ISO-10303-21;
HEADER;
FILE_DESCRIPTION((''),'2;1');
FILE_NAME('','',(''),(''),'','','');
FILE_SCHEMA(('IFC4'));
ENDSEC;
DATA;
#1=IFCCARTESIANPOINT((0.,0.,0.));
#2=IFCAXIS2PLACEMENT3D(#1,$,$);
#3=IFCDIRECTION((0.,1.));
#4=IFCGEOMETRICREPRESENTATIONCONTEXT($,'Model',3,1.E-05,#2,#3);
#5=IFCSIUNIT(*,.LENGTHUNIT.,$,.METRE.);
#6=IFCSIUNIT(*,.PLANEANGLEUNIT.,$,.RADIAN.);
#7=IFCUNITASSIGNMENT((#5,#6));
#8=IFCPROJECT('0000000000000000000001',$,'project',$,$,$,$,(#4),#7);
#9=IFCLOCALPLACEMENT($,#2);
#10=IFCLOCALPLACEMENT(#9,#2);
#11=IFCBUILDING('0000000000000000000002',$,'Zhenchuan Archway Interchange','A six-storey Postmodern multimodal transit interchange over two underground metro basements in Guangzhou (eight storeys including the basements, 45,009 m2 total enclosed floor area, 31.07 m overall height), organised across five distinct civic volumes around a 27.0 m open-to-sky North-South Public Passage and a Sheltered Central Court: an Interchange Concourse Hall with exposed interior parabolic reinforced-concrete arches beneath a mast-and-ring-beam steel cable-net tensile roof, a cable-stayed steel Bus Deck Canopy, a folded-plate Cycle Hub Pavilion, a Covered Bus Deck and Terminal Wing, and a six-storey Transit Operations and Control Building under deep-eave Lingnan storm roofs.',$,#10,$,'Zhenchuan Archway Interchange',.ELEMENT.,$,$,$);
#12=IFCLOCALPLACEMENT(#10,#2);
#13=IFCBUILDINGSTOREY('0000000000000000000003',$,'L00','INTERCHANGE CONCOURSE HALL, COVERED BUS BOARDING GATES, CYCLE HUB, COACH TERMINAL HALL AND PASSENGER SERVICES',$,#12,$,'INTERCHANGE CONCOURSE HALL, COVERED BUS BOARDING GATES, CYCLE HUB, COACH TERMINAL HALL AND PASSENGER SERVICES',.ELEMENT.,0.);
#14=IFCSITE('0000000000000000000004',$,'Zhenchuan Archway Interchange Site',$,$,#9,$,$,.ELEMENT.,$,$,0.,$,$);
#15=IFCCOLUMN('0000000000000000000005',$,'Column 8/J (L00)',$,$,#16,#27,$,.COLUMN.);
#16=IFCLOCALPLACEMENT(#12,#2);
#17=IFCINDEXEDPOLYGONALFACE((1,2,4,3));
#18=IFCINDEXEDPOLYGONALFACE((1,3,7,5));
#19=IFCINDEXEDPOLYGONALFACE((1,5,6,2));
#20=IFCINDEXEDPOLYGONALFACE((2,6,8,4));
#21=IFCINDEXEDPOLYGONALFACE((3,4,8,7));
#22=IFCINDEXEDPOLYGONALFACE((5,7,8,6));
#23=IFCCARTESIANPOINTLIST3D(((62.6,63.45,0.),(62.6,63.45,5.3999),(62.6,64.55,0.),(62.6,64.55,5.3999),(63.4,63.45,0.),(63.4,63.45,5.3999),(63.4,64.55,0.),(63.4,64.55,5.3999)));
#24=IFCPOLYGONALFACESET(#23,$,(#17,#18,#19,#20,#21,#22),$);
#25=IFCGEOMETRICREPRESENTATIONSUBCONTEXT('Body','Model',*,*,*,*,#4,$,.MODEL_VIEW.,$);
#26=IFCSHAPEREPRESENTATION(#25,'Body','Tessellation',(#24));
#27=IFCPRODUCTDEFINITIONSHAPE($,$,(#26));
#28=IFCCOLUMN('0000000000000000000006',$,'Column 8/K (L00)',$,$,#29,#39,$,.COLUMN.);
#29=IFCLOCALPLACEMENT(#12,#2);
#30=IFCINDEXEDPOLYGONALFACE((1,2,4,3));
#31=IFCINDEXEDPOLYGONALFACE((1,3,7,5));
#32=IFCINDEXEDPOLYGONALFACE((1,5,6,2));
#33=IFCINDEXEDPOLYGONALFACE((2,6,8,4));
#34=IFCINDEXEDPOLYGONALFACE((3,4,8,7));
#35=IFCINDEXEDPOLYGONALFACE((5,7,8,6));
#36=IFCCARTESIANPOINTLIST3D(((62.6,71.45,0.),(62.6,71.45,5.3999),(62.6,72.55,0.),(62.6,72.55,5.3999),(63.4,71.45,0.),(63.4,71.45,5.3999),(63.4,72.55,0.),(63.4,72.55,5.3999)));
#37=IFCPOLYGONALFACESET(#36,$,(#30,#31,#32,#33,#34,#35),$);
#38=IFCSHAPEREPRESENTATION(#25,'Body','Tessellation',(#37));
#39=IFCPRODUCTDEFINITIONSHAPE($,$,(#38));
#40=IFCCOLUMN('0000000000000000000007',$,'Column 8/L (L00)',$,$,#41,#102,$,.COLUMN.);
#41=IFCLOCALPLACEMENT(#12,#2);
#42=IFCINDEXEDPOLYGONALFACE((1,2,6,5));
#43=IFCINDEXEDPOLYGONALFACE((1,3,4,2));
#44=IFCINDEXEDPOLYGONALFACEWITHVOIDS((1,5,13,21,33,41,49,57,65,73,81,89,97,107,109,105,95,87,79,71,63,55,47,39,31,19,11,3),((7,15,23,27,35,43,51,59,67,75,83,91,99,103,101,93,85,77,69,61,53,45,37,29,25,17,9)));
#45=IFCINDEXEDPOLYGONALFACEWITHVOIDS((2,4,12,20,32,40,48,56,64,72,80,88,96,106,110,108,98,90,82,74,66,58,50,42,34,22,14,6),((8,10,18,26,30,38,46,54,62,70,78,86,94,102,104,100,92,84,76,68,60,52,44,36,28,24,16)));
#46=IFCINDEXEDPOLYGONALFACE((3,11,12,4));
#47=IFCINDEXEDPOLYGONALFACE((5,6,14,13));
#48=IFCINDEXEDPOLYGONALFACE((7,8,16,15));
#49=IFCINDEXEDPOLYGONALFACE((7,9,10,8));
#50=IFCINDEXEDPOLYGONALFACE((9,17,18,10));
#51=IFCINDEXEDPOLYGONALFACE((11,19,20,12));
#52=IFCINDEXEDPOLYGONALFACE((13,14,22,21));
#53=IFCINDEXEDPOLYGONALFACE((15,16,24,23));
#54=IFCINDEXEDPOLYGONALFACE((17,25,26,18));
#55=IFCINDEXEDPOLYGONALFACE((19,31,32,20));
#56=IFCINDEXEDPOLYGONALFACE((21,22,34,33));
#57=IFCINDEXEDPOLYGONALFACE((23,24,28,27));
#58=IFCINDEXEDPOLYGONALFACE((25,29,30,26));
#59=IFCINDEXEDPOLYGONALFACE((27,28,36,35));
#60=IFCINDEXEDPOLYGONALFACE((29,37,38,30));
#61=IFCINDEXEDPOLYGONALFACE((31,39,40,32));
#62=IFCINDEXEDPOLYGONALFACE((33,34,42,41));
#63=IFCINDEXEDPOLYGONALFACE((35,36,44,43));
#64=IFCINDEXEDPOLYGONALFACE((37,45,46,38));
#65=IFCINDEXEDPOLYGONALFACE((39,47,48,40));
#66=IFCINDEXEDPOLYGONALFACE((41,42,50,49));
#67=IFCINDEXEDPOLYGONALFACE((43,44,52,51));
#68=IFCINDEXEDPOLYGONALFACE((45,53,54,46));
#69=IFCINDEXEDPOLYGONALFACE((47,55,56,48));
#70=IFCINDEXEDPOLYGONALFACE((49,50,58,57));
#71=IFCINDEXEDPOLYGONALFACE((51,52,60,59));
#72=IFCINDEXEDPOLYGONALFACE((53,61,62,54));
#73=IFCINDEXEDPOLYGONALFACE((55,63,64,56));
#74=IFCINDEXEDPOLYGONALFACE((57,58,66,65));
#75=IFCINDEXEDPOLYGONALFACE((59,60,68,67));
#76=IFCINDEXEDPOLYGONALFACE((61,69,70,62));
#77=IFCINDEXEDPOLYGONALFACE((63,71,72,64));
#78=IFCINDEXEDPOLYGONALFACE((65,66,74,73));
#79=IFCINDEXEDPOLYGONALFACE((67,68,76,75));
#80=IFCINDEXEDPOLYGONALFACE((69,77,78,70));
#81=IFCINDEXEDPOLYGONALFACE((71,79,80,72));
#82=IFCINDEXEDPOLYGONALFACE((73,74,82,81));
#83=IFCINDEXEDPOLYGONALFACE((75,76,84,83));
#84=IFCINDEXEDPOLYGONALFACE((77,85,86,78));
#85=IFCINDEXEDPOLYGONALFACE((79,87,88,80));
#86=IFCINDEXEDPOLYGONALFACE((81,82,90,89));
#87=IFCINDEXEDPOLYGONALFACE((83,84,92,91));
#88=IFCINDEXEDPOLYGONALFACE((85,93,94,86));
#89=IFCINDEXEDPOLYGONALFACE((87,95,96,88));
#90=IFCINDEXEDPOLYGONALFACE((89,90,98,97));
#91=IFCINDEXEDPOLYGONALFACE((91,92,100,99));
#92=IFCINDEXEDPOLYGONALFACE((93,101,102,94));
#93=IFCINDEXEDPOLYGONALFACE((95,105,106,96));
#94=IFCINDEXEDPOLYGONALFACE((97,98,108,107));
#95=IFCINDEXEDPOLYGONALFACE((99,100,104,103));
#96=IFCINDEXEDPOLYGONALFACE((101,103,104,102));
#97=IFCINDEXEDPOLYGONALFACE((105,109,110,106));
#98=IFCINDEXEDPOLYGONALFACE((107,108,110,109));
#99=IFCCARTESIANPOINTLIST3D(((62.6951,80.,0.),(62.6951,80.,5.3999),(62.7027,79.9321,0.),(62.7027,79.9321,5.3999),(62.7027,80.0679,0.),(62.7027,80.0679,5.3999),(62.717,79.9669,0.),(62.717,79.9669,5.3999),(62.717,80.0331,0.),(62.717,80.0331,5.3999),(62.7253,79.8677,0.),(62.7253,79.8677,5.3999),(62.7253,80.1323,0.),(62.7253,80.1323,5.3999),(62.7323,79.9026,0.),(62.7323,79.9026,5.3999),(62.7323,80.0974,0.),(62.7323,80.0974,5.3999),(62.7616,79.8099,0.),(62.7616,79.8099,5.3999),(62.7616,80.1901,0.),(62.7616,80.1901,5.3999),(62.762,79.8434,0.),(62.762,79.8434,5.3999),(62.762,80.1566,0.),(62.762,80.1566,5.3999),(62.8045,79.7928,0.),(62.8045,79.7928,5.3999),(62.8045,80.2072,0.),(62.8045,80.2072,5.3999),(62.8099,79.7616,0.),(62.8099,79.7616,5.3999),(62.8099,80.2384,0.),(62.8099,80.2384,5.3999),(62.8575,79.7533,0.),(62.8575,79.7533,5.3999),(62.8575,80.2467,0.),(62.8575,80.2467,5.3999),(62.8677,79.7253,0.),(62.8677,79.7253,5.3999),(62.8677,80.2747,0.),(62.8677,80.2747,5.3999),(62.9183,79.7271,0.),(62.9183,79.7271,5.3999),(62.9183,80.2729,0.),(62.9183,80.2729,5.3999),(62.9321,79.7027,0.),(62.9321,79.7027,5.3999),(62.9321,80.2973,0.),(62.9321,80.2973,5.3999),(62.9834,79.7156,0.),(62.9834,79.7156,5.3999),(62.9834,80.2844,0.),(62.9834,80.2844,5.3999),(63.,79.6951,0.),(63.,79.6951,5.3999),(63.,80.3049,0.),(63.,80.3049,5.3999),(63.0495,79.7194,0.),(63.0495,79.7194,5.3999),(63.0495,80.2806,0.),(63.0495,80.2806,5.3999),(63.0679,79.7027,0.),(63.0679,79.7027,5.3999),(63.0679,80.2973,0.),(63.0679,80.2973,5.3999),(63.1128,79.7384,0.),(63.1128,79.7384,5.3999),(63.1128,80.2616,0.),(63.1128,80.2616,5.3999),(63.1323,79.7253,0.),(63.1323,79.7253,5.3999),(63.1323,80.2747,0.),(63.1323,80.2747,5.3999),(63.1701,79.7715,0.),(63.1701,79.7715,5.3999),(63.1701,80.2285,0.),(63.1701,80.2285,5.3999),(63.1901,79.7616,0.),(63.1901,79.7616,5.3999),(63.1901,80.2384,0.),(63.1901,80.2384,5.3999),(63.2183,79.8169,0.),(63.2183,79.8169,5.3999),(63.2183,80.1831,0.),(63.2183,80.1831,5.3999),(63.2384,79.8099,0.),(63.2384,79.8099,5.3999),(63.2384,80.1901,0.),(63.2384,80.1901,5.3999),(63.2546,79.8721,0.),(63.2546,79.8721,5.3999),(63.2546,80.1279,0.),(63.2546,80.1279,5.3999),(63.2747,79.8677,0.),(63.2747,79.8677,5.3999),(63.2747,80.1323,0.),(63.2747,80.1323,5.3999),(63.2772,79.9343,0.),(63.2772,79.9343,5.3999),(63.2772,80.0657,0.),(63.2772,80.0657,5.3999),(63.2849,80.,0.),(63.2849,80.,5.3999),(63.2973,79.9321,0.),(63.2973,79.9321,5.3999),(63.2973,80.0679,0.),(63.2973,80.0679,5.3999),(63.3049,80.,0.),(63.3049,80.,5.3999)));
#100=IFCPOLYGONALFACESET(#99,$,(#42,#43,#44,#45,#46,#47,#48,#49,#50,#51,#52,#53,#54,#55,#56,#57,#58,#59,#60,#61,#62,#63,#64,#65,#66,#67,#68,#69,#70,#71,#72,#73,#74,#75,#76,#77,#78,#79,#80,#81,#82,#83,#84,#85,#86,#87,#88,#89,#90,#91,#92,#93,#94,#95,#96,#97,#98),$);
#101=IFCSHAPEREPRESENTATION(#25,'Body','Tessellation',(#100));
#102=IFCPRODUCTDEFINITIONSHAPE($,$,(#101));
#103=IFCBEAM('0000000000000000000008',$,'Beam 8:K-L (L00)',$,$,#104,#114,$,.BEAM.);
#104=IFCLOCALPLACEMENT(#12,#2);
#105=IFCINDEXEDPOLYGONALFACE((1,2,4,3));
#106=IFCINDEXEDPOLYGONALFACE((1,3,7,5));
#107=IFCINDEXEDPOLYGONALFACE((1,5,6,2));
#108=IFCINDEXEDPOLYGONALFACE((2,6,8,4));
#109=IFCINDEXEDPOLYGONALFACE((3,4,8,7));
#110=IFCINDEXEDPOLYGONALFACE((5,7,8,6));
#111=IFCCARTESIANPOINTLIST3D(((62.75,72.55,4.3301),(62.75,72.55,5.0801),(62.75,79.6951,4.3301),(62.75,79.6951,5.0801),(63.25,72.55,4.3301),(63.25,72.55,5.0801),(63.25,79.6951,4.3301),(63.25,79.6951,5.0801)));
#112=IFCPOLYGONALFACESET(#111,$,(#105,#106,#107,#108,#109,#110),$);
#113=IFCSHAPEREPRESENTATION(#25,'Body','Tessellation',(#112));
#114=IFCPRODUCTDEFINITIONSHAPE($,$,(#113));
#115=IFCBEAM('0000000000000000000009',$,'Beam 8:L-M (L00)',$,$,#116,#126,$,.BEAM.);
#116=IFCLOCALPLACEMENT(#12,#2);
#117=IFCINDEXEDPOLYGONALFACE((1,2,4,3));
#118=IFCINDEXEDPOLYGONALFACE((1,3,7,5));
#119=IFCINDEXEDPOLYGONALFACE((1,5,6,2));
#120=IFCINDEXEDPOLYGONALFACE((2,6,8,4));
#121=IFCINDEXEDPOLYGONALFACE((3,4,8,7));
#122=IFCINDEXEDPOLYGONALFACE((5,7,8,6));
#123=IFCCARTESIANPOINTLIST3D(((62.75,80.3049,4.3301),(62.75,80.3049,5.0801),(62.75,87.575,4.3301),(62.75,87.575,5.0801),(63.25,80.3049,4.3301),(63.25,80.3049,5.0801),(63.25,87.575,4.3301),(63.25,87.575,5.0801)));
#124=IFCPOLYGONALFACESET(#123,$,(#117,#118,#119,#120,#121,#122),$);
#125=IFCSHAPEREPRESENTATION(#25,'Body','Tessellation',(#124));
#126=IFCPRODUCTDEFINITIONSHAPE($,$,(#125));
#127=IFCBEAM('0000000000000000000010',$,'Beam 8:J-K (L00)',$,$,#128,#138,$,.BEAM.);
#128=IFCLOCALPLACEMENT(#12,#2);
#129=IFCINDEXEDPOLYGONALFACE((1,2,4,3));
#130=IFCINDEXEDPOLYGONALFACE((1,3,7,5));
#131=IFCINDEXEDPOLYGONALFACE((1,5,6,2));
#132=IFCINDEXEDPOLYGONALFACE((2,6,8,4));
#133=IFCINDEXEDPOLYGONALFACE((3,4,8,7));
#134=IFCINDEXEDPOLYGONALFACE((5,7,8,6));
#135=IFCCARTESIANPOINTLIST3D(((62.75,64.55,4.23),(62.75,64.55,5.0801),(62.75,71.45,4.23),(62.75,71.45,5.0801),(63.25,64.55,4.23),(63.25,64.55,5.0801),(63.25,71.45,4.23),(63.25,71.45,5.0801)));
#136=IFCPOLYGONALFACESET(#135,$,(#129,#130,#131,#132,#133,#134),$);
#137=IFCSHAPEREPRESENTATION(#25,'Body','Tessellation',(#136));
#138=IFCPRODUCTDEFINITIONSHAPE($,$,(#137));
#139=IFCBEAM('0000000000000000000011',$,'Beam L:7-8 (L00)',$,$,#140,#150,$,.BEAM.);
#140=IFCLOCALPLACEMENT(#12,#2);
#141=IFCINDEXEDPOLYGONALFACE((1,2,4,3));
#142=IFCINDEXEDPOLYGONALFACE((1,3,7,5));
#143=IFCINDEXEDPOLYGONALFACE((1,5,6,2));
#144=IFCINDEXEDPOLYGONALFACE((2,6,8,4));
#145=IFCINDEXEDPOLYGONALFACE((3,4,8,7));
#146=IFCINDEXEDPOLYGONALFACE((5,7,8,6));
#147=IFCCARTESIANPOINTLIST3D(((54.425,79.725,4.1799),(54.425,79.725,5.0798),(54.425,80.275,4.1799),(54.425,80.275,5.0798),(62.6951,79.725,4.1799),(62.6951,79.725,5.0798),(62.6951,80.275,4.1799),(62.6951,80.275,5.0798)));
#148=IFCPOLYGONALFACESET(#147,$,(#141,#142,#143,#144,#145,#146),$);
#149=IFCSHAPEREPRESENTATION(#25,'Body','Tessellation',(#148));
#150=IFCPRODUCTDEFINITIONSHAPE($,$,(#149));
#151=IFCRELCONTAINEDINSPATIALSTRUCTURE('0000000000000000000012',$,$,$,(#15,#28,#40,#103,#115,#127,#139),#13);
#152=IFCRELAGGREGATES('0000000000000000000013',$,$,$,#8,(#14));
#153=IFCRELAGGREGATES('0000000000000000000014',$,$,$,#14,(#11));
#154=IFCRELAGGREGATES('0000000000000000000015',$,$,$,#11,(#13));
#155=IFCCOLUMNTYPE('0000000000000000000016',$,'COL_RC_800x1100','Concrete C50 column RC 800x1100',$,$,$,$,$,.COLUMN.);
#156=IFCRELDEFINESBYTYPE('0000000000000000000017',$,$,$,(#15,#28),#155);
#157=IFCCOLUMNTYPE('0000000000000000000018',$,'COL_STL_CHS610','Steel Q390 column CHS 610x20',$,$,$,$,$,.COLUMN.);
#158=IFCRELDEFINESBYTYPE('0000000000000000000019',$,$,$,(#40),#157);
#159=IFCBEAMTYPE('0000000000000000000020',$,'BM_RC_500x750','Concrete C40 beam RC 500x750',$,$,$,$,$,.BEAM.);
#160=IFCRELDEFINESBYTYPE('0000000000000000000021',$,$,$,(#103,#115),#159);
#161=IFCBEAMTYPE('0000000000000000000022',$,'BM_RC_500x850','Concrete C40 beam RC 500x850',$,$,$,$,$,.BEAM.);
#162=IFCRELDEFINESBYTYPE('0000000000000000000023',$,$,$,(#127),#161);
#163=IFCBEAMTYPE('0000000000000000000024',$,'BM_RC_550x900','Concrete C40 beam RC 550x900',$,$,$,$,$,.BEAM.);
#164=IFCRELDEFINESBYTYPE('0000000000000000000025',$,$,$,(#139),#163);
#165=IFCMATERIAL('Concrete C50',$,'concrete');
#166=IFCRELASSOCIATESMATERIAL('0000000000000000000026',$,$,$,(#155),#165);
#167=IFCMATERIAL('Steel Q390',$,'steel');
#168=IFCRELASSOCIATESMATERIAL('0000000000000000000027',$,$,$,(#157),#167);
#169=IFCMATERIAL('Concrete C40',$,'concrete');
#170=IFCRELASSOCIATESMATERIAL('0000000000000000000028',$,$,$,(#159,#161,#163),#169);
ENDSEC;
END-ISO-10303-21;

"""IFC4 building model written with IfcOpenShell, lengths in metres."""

from ifc_helpers import new_model, si_unit, direction, frame, origin, origin_2d, place, context, subcontext, project, spatial, rectangle, hollow_circle, extrude, material, material_profile, profile_set, type_object, element, save


model = new_model("IFC4")

# Units and contexts
model_context = context("Model", 3, precision=1e-05, world=origin(), true_north=direction((0.0, 1.0)))
body_context = subcontext(model_context, "Body", "Model", "MODEL_VIEW")
ifc_project = project(units=[si_unit("LENGTHUNIT", "METRE"), si_unit("PLANEANGLEUNIT", "RADIAN")], contexts=[model_context])

# Site, building, storey
site_placement = place(None, origin())
site = spatial("IfcSite", under=ifc_project, at=site_placement, Name="Zhenchuan Archway Interchange Site", CompositionType="ELEMENT", RefElevation=0.0)
building_placement = place(site_placement, origin())
building = spatial("IfcBuilding", under=site, at=building_placement, Name="Zhenchuan Archway Interchange", Description="A six-storey Postmodern multimodal transit interchange over two underground metro basements in Guangzhou (eight storeys including the basements, 45,009 m2 total enclosed floor area, 31.07 m overall height), organised across five distinct civic volumes around a 27.0 m open-to-sky North-South Public Passage and a Sheltered Central Court: an Interchange Concourse Hall with exposed interior parabolic reinforced-concrete arches beneath a mast-and-ring-beam steel cable-net tensile roof, a cable-stayed steel Bus Deck Canopy, a folded-plate Cycle Hub Pavilion, a Covered Bus Deck and Terminal Wing, and a six-storey Transit Operations and Control Building under deep-eave Lingnan storm roofs.", LongName="Zhenchuan Archway Interchange", CompositionType="ELEMENT")
storey_placement = place(building_placement, origin())
storey = spatial("IfcBuildingStorey", under=building, at=storey_placement, Name="L00", Description="INTERCHANGE CONCOURSE HALL, COVERED BUS BOARDING GATES, CYCLE HUB, COACH TERMINAL HALL AND PASSENGER SERVICES", LongName="INTERCHANGE CONCOURSE HALL, COVERED BUS BOARDING GATES, CYCLE HUB, COACH TERMINAL HALL AND PASSENGER SERVICES", CompositionType="ELEMENT", Elevation=0.0)

# Columns
ifc_material_1 = material(Name="Concrete C50", Category="concrete")
ifc_material_profile_1 = material_profile(ifc_material_1, rectangle(XDim=0.8, YDim=1.1001, at=origin_2d()), Name="RC 800x1100")
ifc_profile_set_1 = profile_set([ifc_material_profile_1], Name="Concrete C50")
column_type_1 = type_object("IfcColumnType", Name="COL_RC_800x1100", Description="Concrete C50 column RC 800x1100", PredefinedType="COLUMN", material=ifc_profile_set_1)
for number, where, z_axis, x_axis, name in (
    (1, (63.0, 64.0, 0.0), (0.0, 0.0, 1.0), (1.0, 0.0, 0.0), "Column 8/J (L00)"),
    (2, (63.0, 72.0, 0.0), (0.0, 0.0, 1.0), (1.0, 0.0, 0.0), "Column 8/K (L00)"),
):
    element("IfcColumn", number, at=place(storey_placement, frame(where, z_axis=z_axis, x_axis=x_axis)), inside=storey, type_object=column_type_1, Name=name, PredefinedType="COLUMN", context=body_context, shape_type="SweptSolid", body=[
        extrude(rectangle(XDim=0.8, YDim=1.1001, at=origin_2d()), origin(), (0.0, 0.0, 1.0), 5.3999),
    ])
ifc_material_2 = material(Name="Steel Q390", Category="steel")
ifc_material_profile_2 = material_profile(ifc_material_2, hollow_circle(Radius=0.3049, WallThickness=0.02, at=origin_2d()), Name="CHS 610x20")
ifc_profile_set_2 = profile_set([ifc_material_profile_2], Name="Steel Q390")
column_type_2 = type_object("IfcColumnType", Name="COL_STL_CHS610", Description="Steel Q390 column CHS 610x20", PredefinedType="COLUMN", material=ifc_profile_set_2)
column_placement = place(storey_placement, frame((63.0, 80.0, 0.0), z_axis=(0.0, 0.0, 1.0), x_axis=(1.0, 0.0, 0.0)))
element("IfcColumn", 3, at=column_placement, inside=storey, type_object=column_type_2, Name="Column 8/L (L00)", PredefinedType="COLUMN", context=body_context, shape_type="SweptSolid", body=[
    extrude(hollow_circle(Radius=0.3049, WallThickness=0.02, at=origin_2d()), origin(), (0.0, 0.0, 1.0), 5.3999),
])

# Beams
ifc_material_3 = material(Name="Concrete C40", Category="concrete")
ifc_material_profile_3 = material_profile(ifc_material_3, rectangle(XDim=0.5, YDim=0.75, at=origin_2d()), Name="RC 500x750")
ifc_profile_set_3 = profile_set([ifc_material_profile_3], Name="Concrete C40")
beam_type_1 = type_object("IfcBeamType", Name="BM_RC_500x750", Description="Concrete C40 beam RC 500x750", PredefinedType="BEAM", material=ifc_profile_set_3)
beam_1_placement = place(storey_placement, frame((63.0, 72.55, 4.7051), z_axis=(0.0, 1.0, 0.0), x_axis=(-1.0, 0.0, 0.0)))
element("IfcBeam", 4, at=beam_1_placement, inside=storey, type_object=beam_type_1, Name="Beam 8:K-L (L00)", PredefinedType="BEAM", context=body_context, shape_type="SweptSolid", body=[
    extrude(rectangle(XDim=0.5, YDim=0.75, at=origin_2d()), origin(), (0.0, 0.0, 1.0), 7.145),
])
beam_2_placement = place(storey_placement, frame((63.0, 80.3049, 4.7051), z_axis=(0.0, 1.0, 0.0), x_axis=(-1.0, 0.0, 0.0)))
element("IfcBeam", 5, at=beam_2_placement, inside=storey, type_object=beam_type_1, Name="Beam 8:L-M (L00)", PredefinedType="BEAM", context=body_context, shape_type="SweptSolid", body=[
    extrude(rectangle(XDim=0.5, YDim=0.75, at=origin_2d()), origin(), (0.0, 0.0, 1.0), 7.27),
])
ifc_material_profile_4 = material_profile(ifc_material_3, rectangle(XDim=0.5, YDim=0.8501, at=origin_2d()), Name="RC 500x850")
ifc_profile_set_4 = profile_set([ifc_material_profile_4], Name="Concrete C40")
beam_type_2 = type_object("IfcBeamType", Name="BM_RC_500x850", Description="Concrete C40 beam RC 500x850", PredefinedType="BEAM", material=ifc_profile_set_4)
beam_3_placement = place(storey_placement, frame((63.0, 64.55, 4.655), z_axis=(0.0, 1.0, 0.0), x_axis=(-1.0, 0.0, 0.0)))
element("IfcBeam", 6, at=beam_3_placement, inside=storey, type_object=beam_type_2, Name="Beam 8:J-K (L00)", PredefinedType="BEAM", context=body_context, shape_type="SweptSolid", body=[
    extrude(rectangle(XDim=0.5, YDim=0.8501, at=origin_2d()), origin(), (0.0, 0.0, 1.0), 6.8999),
])
ifc_material_profile_5 = material_profile(ifc_material_3, rectangle(XDim=0.55, YDim=0.8999, at=origin_2d()), Name="RC 550x900")
ifc_profile_set_5 = profile_set([ifc_material_profile_5], Name="Concrete C40")
beam_type_3 = type_object("IfcBeamType", Name="BM_RC_550x900", Description="Concrete C40 beam RC 550x900", PredefinedType="BEAM", material=ifc_profile_set_5)
beam_4_placement = place(storey_placement, frame((54.425, 80.0, 4.6299), z_axis=(1.0, 0.0, 0.0), x_axis=(0.0, 1.0, 0.0)))
element("IfcBeam", 7, at=beam_4_placement, inside=storey, type_object=beam_type_3, Name="Beam L:7-8 (L00)", PredefinedType="BEAM", context=body_context, shape_type="SweptSolid", body=[
    extrude(rectangle(XDim=0.55, YDim=0.8999, at=origin_2d()), origin(), (0.0, 0.0, 1.0), 8.27),
])

save(model, "model.ifc")
